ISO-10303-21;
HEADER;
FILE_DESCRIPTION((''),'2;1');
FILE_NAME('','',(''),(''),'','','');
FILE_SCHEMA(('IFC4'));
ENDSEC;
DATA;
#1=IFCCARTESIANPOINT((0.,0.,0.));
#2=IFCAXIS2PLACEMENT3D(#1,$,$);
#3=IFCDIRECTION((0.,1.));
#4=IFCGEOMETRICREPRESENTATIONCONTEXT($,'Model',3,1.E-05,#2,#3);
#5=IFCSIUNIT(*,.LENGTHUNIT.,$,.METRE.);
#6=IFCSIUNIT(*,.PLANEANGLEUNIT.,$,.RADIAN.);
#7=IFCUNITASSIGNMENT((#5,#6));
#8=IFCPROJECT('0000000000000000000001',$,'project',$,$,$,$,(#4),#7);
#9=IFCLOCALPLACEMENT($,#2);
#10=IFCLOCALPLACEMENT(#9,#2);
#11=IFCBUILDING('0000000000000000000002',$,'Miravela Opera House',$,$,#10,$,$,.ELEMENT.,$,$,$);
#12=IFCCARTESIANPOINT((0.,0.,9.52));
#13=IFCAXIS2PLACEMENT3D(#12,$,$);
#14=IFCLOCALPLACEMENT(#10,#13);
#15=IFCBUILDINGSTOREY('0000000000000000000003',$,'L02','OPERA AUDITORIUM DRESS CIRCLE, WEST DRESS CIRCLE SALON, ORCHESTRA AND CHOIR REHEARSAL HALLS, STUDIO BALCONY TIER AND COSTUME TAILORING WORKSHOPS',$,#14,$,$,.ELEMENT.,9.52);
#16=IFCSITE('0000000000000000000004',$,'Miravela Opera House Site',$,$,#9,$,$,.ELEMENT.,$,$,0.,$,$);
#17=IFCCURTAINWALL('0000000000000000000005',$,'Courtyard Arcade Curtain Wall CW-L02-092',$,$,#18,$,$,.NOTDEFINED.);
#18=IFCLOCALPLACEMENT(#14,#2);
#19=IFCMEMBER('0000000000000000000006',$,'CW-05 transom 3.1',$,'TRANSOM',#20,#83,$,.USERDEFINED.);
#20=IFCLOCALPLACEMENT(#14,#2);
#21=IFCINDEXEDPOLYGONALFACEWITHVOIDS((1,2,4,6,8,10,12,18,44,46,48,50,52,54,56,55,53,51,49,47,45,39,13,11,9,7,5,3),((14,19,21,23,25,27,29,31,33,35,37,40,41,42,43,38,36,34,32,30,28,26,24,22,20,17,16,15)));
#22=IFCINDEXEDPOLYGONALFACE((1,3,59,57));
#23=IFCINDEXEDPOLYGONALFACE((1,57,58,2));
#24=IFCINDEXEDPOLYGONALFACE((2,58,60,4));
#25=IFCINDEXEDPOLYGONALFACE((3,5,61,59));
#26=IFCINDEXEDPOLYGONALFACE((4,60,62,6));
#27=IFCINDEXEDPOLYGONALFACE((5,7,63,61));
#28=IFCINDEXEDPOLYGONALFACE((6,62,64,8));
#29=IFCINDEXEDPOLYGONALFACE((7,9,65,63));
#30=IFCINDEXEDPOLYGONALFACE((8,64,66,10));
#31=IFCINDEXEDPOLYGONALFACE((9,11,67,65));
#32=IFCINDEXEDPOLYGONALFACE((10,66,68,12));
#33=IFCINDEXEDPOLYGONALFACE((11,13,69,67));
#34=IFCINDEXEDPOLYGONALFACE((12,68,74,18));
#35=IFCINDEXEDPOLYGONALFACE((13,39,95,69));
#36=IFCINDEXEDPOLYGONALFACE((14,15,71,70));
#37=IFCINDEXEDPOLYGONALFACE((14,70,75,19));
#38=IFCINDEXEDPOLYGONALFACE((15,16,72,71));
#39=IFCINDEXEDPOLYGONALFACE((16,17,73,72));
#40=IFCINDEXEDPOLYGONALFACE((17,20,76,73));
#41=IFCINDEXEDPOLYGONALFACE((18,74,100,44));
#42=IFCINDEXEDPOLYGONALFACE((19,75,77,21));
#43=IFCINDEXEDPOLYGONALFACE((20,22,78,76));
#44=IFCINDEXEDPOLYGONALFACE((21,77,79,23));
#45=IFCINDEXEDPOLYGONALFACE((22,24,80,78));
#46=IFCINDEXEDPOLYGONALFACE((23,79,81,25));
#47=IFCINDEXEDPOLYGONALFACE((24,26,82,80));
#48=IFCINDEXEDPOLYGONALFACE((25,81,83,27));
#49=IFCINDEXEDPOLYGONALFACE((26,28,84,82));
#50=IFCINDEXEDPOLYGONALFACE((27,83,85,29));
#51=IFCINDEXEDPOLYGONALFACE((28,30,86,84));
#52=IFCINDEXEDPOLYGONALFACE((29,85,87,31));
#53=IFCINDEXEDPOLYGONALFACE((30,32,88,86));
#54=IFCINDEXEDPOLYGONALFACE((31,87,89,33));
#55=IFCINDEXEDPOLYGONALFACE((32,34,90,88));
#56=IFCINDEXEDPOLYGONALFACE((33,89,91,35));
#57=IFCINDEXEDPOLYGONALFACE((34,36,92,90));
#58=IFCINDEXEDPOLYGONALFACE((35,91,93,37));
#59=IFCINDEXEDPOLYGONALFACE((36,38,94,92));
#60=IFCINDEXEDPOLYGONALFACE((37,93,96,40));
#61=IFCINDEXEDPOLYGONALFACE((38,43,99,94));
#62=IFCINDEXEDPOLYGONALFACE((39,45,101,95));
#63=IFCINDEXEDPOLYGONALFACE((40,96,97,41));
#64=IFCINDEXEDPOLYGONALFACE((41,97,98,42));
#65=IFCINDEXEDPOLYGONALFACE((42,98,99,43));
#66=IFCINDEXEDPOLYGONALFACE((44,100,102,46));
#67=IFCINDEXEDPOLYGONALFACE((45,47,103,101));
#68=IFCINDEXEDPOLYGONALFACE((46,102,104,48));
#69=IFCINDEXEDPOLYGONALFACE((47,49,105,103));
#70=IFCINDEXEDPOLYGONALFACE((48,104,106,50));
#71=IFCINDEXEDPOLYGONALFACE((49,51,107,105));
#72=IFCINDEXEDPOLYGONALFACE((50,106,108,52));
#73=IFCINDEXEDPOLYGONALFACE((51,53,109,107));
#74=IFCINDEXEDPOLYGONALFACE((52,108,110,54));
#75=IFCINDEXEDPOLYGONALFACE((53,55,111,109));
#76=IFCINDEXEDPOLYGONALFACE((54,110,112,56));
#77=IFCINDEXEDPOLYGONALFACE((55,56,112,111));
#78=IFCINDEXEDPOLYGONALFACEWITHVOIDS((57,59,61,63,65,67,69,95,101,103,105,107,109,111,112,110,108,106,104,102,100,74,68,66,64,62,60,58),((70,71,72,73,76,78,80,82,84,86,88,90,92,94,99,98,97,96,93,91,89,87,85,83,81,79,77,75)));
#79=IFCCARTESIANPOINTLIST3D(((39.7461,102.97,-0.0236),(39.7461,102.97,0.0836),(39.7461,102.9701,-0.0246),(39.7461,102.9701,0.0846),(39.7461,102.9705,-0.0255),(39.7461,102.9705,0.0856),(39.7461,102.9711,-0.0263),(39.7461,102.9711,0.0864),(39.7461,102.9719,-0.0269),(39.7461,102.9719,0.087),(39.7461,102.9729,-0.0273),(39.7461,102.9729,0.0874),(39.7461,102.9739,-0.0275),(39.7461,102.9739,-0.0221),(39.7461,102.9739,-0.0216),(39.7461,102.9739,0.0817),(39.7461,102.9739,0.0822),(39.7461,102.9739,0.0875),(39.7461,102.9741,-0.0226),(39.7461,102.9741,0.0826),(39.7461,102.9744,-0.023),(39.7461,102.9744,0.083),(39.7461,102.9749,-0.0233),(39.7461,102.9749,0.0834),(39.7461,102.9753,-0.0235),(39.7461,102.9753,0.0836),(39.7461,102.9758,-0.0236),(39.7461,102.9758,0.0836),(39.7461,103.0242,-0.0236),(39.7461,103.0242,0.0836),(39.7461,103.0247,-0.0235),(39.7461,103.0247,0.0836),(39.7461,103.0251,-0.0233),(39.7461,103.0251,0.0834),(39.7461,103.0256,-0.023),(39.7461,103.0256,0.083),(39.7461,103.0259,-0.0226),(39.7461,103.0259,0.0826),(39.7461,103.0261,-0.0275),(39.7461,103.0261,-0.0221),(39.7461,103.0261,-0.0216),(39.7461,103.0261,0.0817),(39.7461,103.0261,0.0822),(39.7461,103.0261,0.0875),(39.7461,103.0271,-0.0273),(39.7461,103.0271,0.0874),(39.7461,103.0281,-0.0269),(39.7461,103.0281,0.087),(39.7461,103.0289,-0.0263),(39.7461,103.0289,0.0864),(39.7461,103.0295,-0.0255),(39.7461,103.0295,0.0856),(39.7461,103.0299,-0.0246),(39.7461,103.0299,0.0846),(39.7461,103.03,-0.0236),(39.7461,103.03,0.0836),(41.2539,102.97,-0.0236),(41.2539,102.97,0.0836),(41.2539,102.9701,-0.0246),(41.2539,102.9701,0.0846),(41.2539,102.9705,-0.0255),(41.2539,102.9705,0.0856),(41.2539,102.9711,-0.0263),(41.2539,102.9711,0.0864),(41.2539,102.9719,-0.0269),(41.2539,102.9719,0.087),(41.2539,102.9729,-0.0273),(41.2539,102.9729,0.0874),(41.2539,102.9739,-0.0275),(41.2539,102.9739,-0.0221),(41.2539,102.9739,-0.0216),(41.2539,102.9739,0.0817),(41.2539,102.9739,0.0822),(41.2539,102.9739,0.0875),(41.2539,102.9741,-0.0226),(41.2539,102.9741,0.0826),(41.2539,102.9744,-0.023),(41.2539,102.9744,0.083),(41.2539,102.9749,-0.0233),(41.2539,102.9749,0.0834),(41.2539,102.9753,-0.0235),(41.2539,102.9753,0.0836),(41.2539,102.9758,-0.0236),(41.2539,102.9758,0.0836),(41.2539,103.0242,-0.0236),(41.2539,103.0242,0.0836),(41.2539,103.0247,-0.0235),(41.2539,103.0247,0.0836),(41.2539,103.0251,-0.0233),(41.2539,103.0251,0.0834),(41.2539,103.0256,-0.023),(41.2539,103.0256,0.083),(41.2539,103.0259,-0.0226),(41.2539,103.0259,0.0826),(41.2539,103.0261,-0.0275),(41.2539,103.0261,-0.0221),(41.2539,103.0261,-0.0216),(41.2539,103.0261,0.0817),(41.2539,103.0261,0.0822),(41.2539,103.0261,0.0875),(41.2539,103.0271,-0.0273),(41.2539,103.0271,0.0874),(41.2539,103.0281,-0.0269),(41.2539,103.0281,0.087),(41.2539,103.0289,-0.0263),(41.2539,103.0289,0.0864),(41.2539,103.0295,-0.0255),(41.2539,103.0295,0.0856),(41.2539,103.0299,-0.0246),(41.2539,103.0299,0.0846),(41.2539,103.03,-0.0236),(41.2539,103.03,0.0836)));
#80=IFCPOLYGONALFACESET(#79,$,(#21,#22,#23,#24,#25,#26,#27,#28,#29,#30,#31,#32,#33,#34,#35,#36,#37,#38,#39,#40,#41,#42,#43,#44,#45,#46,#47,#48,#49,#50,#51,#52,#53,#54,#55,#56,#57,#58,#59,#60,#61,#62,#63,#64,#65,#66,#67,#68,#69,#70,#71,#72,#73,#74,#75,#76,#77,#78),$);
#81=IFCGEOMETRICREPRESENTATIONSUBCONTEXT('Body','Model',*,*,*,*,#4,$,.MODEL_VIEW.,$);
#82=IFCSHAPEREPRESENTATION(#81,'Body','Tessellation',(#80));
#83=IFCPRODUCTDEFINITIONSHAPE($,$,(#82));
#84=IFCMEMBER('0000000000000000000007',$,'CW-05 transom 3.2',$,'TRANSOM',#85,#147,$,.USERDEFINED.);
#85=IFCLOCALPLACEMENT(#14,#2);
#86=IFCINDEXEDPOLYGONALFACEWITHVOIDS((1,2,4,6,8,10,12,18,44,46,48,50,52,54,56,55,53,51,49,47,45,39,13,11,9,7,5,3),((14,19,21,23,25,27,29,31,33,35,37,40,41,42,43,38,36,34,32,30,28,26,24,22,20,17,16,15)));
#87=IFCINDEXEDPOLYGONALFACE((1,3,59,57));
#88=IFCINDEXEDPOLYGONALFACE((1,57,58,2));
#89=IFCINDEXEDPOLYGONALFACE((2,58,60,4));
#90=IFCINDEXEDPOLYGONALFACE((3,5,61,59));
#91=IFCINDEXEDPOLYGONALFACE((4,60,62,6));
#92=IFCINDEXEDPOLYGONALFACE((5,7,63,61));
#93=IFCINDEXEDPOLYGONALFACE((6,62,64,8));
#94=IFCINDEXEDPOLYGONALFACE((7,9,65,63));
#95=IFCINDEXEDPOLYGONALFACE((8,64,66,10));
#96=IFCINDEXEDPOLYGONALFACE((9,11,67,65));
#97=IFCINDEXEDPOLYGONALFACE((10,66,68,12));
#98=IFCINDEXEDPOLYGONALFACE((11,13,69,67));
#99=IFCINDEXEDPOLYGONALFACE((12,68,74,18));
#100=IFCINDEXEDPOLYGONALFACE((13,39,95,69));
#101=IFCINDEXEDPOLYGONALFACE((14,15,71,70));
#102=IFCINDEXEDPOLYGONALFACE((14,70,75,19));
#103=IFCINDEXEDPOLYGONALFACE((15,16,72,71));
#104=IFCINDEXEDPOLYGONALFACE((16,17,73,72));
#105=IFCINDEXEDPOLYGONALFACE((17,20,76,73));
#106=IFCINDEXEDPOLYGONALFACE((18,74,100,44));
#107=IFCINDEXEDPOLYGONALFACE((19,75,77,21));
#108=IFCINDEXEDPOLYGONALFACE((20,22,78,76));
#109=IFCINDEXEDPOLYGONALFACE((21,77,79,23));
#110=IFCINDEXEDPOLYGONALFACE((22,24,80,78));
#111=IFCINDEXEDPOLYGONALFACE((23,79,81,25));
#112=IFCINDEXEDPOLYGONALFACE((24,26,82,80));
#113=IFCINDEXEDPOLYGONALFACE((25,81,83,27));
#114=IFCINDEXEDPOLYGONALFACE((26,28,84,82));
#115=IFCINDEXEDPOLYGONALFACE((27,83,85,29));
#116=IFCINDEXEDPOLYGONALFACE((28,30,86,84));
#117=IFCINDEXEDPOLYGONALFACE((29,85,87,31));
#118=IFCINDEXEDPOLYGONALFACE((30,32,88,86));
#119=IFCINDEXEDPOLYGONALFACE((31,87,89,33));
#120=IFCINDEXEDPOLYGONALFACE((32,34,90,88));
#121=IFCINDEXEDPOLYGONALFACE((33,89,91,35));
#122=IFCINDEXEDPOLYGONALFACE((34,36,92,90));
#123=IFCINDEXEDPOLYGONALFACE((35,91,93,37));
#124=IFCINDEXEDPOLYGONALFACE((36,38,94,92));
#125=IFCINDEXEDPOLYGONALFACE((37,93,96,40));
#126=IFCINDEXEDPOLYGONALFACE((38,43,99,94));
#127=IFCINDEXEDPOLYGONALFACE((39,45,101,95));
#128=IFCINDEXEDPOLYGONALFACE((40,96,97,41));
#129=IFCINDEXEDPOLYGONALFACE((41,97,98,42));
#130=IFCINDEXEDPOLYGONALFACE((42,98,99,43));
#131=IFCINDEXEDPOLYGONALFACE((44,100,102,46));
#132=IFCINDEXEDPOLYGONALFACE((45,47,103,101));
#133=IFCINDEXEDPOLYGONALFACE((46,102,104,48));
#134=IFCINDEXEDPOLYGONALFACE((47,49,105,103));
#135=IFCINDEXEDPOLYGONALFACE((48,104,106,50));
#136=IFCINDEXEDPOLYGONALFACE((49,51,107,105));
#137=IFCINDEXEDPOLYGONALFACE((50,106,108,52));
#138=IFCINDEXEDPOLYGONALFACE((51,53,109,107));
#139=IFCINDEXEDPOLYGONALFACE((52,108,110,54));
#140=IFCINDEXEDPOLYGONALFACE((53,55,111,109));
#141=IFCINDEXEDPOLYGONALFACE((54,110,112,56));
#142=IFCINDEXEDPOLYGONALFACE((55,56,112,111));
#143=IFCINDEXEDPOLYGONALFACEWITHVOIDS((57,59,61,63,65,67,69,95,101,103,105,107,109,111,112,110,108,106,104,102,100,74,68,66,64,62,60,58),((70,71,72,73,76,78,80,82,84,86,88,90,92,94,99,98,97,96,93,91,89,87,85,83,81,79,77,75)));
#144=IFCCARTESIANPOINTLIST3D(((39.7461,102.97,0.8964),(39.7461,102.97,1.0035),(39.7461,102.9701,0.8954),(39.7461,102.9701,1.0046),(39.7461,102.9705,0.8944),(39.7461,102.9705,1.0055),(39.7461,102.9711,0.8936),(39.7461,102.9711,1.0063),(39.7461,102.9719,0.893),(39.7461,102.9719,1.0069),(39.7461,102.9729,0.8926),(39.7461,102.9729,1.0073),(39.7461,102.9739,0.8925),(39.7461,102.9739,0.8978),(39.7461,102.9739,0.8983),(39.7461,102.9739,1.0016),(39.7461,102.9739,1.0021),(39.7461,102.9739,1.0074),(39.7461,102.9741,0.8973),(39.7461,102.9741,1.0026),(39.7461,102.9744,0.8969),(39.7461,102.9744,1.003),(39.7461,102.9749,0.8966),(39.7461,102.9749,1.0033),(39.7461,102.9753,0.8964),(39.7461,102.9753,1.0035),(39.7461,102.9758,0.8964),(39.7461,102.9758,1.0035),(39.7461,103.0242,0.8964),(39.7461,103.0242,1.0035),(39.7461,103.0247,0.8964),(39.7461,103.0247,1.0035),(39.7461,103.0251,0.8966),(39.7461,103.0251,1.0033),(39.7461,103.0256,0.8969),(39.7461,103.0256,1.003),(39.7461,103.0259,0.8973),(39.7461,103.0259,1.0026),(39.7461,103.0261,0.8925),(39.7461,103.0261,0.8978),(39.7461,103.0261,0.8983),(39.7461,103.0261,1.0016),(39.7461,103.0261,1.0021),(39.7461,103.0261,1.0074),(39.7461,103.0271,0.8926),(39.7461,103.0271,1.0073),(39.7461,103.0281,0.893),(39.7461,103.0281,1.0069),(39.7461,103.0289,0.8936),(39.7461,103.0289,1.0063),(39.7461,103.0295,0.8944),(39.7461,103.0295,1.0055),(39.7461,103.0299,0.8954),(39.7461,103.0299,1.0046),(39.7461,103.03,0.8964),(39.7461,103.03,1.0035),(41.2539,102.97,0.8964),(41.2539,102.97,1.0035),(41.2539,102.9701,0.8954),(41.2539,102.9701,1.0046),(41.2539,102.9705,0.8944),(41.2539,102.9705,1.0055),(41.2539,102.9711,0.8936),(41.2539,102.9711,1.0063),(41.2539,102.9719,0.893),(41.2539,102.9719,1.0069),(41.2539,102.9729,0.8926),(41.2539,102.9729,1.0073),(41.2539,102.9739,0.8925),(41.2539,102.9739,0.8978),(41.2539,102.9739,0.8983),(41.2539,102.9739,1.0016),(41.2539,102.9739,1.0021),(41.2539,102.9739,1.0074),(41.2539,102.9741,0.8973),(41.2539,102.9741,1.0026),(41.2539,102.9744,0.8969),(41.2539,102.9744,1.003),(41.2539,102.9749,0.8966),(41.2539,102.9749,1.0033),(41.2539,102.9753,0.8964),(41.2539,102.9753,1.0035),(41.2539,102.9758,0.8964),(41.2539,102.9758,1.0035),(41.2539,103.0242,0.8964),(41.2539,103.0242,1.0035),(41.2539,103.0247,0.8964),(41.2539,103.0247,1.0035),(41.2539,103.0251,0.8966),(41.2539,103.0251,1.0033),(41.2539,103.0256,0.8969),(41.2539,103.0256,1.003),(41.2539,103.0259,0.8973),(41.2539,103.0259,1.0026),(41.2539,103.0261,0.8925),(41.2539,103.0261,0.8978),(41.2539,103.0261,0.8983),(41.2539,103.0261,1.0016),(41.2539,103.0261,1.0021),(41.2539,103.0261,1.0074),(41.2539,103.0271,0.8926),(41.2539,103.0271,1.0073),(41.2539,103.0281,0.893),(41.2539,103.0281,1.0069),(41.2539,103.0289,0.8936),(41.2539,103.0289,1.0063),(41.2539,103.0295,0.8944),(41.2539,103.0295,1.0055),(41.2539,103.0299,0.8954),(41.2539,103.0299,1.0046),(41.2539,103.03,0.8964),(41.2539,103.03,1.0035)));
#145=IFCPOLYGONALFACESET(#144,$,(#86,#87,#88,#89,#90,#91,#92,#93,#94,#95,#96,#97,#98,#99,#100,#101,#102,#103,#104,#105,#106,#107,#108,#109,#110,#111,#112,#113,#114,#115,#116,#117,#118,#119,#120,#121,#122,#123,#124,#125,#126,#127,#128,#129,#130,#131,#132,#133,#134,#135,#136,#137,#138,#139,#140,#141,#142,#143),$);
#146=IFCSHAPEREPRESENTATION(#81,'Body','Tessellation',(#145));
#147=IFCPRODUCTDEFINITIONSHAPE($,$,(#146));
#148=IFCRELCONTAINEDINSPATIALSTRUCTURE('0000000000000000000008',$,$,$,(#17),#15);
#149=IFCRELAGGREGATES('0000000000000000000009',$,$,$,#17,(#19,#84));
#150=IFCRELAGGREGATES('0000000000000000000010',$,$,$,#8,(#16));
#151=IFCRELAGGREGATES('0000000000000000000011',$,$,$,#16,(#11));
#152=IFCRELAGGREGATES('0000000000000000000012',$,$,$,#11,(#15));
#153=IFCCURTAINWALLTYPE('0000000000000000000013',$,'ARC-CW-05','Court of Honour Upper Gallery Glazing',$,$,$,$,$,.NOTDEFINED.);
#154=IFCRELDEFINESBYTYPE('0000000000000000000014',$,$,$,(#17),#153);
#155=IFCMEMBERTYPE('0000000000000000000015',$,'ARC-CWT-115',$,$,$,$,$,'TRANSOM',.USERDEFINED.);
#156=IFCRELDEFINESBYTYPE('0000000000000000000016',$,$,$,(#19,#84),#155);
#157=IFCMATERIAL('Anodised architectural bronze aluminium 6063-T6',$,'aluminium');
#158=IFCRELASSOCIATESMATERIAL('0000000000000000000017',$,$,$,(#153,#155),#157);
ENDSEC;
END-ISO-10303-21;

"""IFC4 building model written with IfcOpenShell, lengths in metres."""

from ifc_helpers import new_model, si_unit, direction, frame, origin, origin_2d, place, context, subcontext, project, spatial, hollow_rectangle, extrude, material, material_profile, profile_set, type_object, element, aggregate, save


model = new_model("IFC4")

# Units and contexts
model_context = context("Model", 3, precision=1e-05, world=origin(), true_north=direction((0.0, 1.0)))
body_context = subcontext(model_context, "Body", "Model", "MODEL_VIEW")
ifc_project = project(units=[si_unit("LENGTHUNIT", "METRE"), si_unit("PLANEANGLEUNIT", "RADIAN")], contexts=[model_context])

# Site, building, storey
site_placement = place(None, origin())
site = spatial("IfcSite", under=ifc_project, at=site_placement, Name="Miravela Opera House Site", CompositionType="ELEMENT", RefElevation=0.0)
building_placement = place(site_placement, origin())
building = spatial("IfcBuilding", under=site, at=building_placement, Name="Miravela Opera House", CompositionType="ELEMENT")
storey_placement = place(building_placement, frame((0.0, 0.0, 9.52)))
storey = spatial("IfcBuildingStorey", under=building, at=storey_placement, Name="L02", Description="OPERA AUDITORIUM DRESS CIRCLE, WEST DRESS CIRCLE SALON, ORCHESTRA AND CHOIR REHEARSAL HALLS, STUDIO BALCONY TIER AND COSTUME TAILORING WORKSHOPS", CompositionType="ELEMENT", Elevation=9.52)

# Curtain wall
ifc_material_1 = material(Name="Anodised architectural bronze aluminium 6063-T6", Category="aluminium")
curtain_wall_type = type_object("IfcCurtainWallType", Name="ARC-CW-05", Description="Court of Honour Upper Gallery Glazing", PredefinedType="NOTDEFINED", material=ifc_material_1)
curtain_wall_1_placement = place(storey_placement, origin())
curtain_wall_1 = element("IfcCurtainWall", 1, at=curtain_wall_1_placement, inside=storey, type_object=curtain_wall_type, Name="Courtyard Arcade Curtain Wall CW-L02-092", PredefinedType="NOTDEFINED")

# Members
ifc_material_profile_1 = material_profile(ifc_material_1, hollow_rectangle(XDim=0.0601, YDim=0.115, WallThickness=0.0039, InnerFilletRadius=0.002, OuterFilletRadius=0.0039, at=origin_2d()), Name="CWT-60X115")
ifc_profile_set_1 = profile_set([ifc_material_profile_1])
member_type_1 = type_object("IfcMemberType", Name="ARC-CWT-115", ElementType="TRANSOM", PredefinedType="USERDEFINED", material=ifc_profile_set_1)
member_1_placement = place(storey_placement, frame((39.7461, 103.0, 0.03), z_axis=(1.0, 0.0, 0.0), x_axis=(0.0, 1.0, 0.0)))
member_1 = element("IfcMember", 2, at=member_1_placement, type_object=member_type_1, Name="CW-05 transom 3.1", ObjectType="TRANSOM", PredefinedType="USERDEFINED", context=body_context, shape_type="SweptSolid", body=[
    extrude(hollow_rectangle(XDim=0.0601, YDim=0.115, WallThickness=0.0039, InnerFilletRadius=0.002, OuterFilletRadius=0.0039, at=origin_2d()), origin(), (0.0, 0.0, 1.0), 1.5078),
])
member_2_placement = place(storey_placement, frame((39.7461, 103.0, 0.95), z_axis=(1.0, 0.0, 0.0), x_axis=(0.0, 1.0, 0.0)))
member_2 = element("IfcMember", 3, at=member_2_placement, type_object=member_type_1, Name="CW-05 transom 3.2", ObjectType="TRANSOM", PredefinedType="USERDEFINED", context=body_context, shape_type="SweptSolid", body=[
    extrude(hollow_rectangle(XDim=0.0601, YDim=0.115, WallThickness=0.0039, InnerFilletRadius=0.002, OuterFilletRadius=0.0039, at=origin_2d()), origin(), (0.0, 0.0, 1.0), 1.5078),
])

aggregate(curtain_wall_1, [member_1, member_2])

save(model, "model.ifc")
